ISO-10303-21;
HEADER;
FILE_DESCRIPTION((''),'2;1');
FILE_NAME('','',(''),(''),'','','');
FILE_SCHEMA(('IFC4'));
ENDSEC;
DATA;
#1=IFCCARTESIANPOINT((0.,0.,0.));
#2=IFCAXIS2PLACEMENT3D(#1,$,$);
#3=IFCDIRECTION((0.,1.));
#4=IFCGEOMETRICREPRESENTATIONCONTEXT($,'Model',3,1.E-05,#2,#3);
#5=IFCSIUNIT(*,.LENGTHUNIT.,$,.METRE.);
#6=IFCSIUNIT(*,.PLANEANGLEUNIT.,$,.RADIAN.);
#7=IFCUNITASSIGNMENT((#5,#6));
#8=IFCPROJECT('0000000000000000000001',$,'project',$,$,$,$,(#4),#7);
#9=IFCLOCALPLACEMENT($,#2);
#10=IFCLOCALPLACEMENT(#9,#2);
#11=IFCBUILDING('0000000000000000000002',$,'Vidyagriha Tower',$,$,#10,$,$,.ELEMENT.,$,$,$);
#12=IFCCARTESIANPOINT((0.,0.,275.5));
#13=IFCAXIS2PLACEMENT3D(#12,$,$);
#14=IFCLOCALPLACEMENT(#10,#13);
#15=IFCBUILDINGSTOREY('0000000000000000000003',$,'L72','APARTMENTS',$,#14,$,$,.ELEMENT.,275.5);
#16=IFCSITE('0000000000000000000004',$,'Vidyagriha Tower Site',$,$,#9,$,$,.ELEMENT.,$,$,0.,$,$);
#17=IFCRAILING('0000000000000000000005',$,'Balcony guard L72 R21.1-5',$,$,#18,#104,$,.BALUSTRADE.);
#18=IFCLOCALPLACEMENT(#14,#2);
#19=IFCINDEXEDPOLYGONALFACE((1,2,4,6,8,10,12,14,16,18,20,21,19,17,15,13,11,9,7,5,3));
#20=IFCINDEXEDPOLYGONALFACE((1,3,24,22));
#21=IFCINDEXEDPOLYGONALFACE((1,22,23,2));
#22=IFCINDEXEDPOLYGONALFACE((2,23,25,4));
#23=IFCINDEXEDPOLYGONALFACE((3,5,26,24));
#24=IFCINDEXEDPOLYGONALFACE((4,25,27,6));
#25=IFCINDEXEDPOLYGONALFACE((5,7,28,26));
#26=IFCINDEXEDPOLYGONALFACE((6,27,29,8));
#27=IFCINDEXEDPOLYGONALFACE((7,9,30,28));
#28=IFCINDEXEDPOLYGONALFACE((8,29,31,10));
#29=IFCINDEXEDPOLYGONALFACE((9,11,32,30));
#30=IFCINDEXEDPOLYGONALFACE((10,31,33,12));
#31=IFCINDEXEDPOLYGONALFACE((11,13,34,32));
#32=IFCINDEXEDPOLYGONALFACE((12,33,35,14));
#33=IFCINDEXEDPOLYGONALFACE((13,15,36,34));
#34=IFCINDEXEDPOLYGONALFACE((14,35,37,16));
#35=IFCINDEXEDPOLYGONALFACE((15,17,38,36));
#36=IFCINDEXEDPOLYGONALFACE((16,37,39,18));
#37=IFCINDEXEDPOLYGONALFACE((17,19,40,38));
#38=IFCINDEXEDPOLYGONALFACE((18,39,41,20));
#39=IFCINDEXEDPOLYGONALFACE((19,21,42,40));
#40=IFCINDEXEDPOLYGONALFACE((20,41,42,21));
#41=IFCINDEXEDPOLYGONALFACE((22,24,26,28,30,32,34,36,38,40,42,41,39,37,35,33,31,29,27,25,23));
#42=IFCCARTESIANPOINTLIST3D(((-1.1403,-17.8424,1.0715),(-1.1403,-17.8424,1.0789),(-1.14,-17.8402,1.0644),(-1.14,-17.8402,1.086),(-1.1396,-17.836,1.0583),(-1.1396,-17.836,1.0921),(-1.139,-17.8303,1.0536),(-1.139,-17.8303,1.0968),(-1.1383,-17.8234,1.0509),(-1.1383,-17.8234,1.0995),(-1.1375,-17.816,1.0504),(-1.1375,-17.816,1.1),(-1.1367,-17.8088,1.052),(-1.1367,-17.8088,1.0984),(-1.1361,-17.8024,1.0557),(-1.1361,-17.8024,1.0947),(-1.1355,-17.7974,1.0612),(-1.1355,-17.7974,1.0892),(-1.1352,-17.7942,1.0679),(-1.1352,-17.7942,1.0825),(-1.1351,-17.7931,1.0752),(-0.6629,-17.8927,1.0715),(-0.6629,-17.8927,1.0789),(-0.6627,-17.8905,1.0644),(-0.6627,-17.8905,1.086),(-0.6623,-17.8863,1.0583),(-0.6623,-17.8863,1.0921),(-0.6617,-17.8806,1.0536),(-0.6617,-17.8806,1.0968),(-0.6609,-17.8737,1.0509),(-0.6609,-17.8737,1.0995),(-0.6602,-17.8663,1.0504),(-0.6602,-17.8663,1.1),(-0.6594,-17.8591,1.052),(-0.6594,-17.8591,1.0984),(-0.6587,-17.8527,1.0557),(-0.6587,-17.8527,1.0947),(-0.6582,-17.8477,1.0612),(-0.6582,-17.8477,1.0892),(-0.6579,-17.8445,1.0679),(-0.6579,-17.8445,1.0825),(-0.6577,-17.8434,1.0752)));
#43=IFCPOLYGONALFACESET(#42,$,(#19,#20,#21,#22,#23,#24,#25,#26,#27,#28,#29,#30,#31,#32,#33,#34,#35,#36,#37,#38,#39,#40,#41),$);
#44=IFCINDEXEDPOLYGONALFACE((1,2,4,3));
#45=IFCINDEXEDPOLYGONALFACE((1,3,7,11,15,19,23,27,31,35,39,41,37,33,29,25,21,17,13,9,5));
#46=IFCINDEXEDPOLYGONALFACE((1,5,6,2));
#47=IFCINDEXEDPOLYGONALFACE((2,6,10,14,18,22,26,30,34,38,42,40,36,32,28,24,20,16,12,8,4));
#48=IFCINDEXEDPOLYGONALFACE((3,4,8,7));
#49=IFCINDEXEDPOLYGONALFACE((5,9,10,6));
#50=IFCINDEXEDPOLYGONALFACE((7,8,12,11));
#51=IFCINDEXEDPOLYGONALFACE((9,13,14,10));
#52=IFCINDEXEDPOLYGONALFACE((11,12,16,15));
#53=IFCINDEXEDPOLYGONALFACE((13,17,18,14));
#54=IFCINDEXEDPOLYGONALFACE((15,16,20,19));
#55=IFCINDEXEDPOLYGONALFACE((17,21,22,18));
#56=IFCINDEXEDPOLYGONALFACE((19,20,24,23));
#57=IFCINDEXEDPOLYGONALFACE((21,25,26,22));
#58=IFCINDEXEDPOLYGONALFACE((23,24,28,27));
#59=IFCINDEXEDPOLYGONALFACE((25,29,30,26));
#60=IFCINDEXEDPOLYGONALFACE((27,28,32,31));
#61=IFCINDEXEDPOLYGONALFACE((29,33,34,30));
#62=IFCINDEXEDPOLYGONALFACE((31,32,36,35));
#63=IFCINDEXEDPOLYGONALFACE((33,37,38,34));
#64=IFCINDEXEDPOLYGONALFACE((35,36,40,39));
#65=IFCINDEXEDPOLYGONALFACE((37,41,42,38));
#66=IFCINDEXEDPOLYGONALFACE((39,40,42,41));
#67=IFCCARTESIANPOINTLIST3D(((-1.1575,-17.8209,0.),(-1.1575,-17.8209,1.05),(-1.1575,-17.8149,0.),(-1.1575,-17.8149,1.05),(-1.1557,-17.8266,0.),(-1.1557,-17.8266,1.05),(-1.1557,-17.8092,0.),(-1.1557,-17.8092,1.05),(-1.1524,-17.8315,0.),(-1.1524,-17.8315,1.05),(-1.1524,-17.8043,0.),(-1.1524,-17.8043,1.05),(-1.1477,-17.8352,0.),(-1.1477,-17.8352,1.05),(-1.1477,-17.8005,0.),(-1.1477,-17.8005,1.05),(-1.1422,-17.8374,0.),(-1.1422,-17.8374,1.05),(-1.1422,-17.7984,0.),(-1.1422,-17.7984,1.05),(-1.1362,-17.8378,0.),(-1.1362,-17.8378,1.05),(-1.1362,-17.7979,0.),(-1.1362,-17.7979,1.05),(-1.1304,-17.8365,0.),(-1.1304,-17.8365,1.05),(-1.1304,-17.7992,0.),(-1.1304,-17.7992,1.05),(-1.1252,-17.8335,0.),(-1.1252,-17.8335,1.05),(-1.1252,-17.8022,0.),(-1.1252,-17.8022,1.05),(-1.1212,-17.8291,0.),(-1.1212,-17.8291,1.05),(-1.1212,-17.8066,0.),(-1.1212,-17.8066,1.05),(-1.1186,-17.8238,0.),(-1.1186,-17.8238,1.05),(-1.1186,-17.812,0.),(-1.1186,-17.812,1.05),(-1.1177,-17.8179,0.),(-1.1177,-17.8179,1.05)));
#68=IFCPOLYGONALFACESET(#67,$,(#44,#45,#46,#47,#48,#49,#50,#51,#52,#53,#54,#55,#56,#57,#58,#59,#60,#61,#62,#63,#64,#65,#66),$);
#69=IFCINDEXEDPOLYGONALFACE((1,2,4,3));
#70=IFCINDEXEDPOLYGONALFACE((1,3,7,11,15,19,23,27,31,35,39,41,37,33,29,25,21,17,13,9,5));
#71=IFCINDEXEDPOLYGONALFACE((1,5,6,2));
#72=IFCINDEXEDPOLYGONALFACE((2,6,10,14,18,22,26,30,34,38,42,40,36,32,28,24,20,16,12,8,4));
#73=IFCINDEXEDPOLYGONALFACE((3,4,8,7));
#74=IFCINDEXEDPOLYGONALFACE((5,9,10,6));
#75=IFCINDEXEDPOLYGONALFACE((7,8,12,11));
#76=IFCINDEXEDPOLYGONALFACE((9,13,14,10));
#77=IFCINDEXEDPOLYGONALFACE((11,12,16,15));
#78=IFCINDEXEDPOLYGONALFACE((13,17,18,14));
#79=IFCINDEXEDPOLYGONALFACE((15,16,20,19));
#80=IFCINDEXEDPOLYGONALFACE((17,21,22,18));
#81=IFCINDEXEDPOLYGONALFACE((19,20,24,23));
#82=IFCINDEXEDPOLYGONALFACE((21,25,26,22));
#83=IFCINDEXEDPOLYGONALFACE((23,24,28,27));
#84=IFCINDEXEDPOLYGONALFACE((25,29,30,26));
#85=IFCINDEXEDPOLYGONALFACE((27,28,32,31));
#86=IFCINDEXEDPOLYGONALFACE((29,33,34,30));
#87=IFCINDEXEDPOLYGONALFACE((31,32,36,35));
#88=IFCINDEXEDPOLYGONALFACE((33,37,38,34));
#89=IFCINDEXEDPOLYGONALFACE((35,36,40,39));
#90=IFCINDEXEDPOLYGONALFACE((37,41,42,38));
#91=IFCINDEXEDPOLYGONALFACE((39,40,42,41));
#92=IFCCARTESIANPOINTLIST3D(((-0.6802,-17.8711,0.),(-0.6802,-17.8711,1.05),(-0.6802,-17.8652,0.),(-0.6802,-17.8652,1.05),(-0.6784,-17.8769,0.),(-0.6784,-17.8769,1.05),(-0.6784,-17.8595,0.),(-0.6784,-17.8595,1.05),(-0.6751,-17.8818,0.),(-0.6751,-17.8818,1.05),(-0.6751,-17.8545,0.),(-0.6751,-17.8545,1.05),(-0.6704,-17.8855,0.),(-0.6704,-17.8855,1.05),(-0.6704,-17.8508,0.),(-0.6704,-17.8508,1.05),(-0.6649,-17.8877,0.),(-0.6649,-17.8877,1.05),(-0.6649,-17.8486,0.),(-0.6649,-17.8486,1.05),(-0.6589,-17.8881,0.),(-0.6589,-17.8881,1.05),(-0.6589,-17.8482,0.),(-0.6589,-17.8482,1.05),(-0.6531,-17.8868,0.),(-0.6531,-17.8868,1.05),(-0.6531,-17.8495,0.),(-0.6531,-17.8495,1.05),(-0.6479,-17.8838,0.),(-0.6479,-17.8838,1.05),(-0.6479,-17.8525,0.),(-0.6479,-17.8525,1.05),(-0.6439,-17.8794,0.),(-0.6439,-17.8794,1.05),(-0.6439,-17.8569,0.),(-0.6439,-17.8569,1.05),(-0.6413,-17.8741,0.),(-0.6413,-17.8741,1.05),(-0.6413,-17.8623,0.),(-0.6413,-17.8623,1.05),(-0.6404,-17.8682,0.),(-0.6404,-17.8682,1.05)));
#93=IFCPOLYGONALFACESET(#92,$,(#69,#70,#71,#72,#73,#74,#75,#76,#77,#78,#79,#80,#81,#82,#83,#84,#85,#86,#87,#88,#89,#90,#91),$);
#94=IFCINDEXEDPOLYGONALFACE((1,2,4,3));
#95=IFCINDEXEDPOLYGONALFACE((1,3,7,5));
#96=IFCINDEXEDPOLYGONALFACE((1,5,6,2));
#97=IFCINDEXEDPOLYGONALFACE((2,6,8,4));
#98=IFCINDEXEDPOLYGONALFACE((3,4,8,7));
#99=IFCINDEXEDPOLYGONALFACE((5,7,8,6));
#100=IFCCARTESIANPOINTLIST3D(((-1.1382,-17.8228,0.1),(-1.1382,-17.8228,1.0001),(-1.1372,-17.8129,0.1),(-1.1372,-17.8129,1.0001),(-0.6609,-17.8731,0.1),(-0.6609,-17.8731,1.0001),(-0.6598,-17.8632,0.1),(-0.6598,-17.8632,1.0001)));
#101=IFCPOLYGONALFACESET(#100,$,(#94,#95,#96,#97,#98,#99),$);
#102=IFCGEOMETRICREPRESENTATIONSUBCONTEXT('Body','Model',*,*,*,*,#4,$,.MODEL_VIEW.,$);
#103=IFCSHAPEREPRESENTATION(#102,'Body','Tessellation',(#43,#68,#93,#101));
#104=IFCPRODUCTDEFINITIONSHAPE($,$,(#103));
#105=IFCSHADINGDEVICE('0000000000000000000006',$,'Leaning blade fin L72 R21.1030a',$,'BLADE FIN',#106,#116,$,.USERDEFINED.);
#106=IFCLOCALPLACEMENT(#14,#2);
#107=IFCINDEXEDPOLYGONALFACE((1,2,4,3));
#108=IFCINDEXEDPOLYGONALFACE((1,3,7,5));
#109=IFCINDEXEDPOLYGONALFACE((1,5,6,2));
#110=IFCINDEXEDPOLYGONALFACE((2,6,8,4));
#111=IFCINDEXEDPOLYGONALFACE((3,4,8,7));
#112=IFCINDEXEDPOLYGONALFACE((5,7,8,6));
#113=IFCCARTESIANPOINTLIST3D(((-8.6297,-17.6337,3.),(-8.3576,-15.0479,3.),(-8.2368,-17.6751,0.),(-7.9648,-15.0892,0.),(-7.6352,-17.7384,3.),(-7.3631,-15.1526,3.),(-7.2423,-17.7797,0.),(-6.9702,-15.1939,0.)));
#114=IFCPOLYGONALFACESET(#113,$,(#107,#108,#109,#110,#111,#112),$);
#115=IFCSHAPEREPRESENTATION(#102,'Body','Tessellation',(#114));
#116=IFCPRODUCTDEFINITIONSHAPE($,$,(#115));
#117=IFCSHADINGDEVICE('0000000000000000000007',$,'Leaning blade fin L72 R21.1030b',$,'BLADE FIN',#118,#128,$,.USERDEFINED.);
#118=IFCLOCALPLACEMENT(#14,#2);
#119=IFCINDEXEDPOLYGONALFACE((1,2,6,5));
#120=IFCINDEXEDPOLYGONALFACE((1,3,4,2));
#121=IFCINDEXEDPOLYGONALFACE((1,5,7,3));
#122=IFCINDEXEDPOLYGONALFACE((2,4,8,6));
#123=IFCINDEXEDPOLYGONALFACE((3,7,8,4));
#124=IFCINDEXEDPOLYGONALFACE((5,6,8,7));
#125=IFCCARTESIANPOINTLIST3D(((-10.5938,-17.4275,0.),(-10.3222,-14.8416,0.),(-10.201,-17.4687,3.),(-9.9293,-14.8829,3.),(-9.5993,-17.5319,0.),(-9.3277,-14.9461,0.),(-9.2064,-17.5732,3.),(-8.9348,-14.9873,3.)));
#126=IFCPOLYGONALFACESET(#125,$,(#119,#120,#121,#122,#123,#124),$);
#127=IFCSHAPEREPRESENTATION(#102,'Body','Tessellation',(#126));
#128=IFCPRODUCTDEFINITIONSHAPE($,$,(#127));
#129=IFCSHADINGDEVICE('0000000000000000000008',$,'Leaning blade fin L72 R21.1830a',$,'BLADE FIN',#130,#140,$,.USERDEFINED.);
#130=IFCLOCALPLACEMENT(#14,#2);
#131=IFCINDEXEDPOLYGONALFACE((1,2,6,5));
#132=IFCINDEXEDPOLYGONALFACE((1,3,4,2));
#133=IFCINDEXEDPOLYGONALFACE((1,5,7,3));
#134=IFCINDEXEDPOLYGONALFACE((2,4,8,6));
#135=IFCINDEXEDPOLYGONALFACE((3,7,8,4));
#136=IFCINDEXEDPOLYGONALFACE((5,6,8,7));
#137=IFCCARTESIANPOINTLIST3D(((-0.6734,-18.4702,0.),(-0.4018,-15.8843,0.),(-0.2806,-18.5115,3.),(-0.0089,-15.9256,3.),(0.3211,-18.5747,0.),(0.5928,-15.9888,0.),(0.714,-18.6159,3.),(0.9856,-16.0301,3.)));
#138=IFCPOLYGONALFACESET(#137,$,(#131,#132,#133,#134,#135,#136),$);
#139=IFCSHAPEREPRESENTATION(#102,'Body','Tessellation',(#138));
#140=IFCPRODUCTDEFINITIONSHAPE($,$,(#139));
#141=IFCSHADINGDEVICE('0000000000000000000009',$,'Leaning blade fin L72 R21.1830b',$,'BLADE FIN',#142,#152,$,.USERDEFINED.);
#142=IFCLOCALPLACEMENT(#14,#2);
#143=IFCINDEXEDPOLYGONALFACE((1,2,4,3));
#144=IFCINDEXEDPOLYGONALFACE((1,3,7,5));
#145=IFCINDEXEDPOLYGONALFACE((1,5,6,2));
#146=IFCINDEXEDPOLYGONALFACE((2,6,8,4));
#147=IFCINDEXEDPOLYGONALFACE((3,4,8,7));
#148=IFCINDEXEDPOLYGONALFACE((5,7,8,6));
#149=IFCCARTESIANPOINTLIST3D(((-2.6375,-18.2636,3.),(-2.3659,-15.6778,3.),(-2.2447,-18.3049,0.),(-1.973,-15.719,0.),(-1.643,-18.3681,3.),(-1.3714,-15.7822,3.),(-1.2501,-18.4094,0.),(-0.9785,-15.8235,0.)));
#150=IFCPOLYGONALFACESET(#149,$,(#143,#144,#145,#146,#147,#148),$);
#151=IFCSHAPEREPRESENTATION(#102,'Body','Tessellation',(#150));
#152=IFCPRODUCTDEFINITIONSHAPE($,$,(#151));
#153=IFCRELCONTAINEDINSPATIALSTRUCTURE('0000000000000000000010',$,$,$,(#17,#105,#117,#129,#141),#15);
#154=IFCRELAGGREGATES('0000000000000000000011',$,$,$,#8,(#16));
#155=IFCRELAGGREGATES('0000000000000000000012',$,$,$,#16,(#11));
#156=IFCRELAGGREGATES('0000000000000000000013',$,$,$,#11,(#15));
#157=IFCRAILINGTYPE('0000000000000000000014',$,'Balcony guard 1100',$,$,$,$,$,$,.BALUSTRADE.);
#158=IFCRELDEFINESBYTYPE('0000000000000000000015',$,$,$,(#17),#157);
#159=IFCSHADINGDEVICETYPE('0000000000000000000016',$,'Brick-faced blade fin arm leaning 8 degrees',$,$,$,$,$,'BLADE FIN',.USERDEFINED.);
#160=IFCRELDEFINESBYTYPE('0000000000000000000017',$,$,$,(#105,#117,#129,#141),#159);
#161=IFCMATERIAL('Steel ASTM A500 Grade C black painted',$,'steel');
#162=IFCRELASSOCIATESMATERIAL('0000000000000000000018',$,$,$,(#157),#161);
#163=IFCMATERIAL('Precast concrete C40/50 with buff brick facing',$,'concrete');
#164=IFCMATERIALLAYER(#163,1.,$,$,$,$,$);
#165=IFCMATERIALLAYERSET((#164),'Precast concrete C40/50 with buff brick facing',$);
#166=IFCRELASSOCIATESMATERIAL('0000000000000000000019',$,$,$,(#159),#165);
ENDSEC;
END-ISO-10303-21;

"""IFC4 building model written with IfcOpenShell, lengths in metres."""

from ifc_helpers import new_model, si_unit, direction, frame, origin, origin_2d, place, context, subcontext, project, spatial, polyline, rectangle, circle, outline, extrude, material, layer, layer_set, type_object, element, save


model = new_model("IFC4")

# Units and contexts
model_context = context("Model", 3, precision=1e-05, world=origin(), true_north=direction((0.0, 1.0)))
body_context = subcontext(model_context, "Body", "Model", "MODEL_VIEW")
ifc_project = project(units=[si_unit("LENGTHUNIT", "METRE"), si_unit("PLANEANGLEUNIT", "RADIAN")], contexts=[model_context])

# Site, building, storey
site_placement = place(None, origin())
site = spatial("IfcSite", under=ifc_project, at=site_placement, Name="Vidyagriha Tower Site", CompositionType="ELEMENT", RefElevation=0.0)
building_placement = place(site_placement, origin())
building = spatial("IfcBuilding", under=site, at=building_placement, Name="Vidyagriha Tower", CompositionType="ELEMENT")
storey_placement = place(building_placement, frame((0.0, 0.0, 275.5)))
storey = spatial("IfcBuildingStorey", under=building, at=storey_placement, Name="L72", Description="APARTMENTS", CompositionType="ELEMENT", Elevation=275.5)

# Railing
ifc_material_1 = material(Name="Steel ASTM A500 Grade C black painted", Category="steel")
railing_type = type_object("IfcRailingType", Name="Balcony guard 1100", PredefinedType="BALUSTRADE", material=ifc_material_1)
railing_1_placement = place(storey_placement, frame((-1.1377, -17.8179, 0.0)))
element("IfcRailing", 1, at=railing_1_placement, inside=storey, type_object=railing_type, Name="Balcony guard L72 R21.1-5", PredefinedType="BALUSTRADE", context=body_context, shape_type="SweptSolid", body=[
    extrude(circle(Radius=0.0249, at=origin_2d()), frame((0.0, 0.0, 1.0752), z_axis=(0.994494, -0.104791, 0.0), x_axis=(0.104791, 0.994494, 0.0)), (0.0, 0.0, 1.0), 0.48),
    extrude(circle(Radius=0.02, at=origin_2d()), origin(), (0.0, 0.0, 1.0), 1.05),
    extrude(circle(Radius=0.02, at=origin_2d()), frame((0.4773, -0.0503, 0.0)), (0.0, 0.0, 1.0), 1.05),
    extrude(rectangle(XDim=0.01, YDim=0.9001, at=origin_2d()), frame((0.0, 0.0, 0.55), z_axis=(0.994494, -0.104791, 0.0), x_axis=(0.104791, 0.994494, 0.0)), (0.0, 0.0, 1.0), 0.48),
])

# Shading devices
ifc_material_2 = material(Name="Precast concrete C40/50 with buff brick facing", Category="concrete")
ifc_layer_1 = layer(ifc_material_2, 1.0)
ifc_layer_set_1 = layer_set([ifc_layer_1], Name="Precast concrete C40/50 with buff brick facing")
shading_device_type = type_object("IfcShadingDeviceType", Name="Brick-faced blade fin arm leaning 8 degrees", ElementType="BLADE FIN", PredefinedType="USERDEFINED", material=ifc_layer_set_1)
shading_device_1_placement = place(storey_placement, frame((-8.4937, -16.3408, 0.0), z_axis=(0.0, 0.0, 1.0), x_axis=(0.994509, -0.104648, 0.0)))
element("IfcShadingDevice", 2, at=shading_device_1_placement, inside=storey, type_object=shading_device_type, Name="Leaning blade fin L72 R21.1030a", ObjectType="BLADE FIN", PredefinedType="USERDEFINED", context=body_context, shape_type="SweptSolid", body=[
    extrude(outline(polyline([(0.395, 0.0), (1.395, 0.0), (1.0, 3.0), (0.0, 3.0), (0.395, 0.0)])), frame((0.0, 1.3, 0.0), z_axis=(0.0, -1.0, 0.0), x_axis=(1.0, 0.0, 0.0)), (0.0, 0.0, 1.0), 2.6001),
])
for number, where, z_axis, x_axis, name in (
    (3, (-10.458, -16.1345, 0.0), (0.0, 0.0, 1.0), (0.994527, -0.104475, 0.0), "Leaning blade fin L72 R21.1030b"),
    (4, (-0.5376, -17.1772, 0.0), (0.0, 0.0, 1.0), (0.994527, -0.104475, 0.0), "Leaning blade fin L72 R21.1830a"),
):
    element("IfcShadingDevice", number, at=place(storey_placement, frame(where, z_axis=z_axis, x_axis=x_axis)), inside=storey, type_object=shading_device_type, Name=name, ObjectType="BLADE FIN", PredefinedType="USERDEFINED", context=body_context, shape_type="SweptSolid", body=[
        extrude(outline(polyline([(0.0, 0.0), (1.0, 0.0), (1.395, 3.0), (0.395, 3.0), (0.0, 0.0)])), frame((0.0, 1.3, 0.0), z_axis=(0.0, -1.0, 0.0), x_axis=(1.0, 0.0, 0.0)), (0.0, 0.0, 1.0), 2.6001),
    ])
shading_device_2_placement = place(storey_placement, frame((-2.5017, -16.9707, 0.0), z_axis=(0.0, 0.0, 1.0), x_axis=(0.994527, -0.104475, 0.0)))
element("IfcShadingDevice", 5, at=shading_device_2_placement, inside=storey, type_object=shading_device_type, Name="Leaning blade fin L72 R21.1830b", ObjectType="BLADE FIN", PredefinedType="USERDEFINED", context=body_context, shape_type="SweptSolid", body=[
    extrude(outline(polyline([(0.395, 0.0), (1.395, 0.0), (1.0, 3.0), (0.0, 3.0), (0.395, 0.0)])), frame((0.0, 1.3, 0.0), z_axis=(0.0, -1.0, 0.0), x_axis=(1.0, 0.0, 0.0)), (0.0, 0.0, 1.0), 2.6001),
])

save(model, "model.ifc")
